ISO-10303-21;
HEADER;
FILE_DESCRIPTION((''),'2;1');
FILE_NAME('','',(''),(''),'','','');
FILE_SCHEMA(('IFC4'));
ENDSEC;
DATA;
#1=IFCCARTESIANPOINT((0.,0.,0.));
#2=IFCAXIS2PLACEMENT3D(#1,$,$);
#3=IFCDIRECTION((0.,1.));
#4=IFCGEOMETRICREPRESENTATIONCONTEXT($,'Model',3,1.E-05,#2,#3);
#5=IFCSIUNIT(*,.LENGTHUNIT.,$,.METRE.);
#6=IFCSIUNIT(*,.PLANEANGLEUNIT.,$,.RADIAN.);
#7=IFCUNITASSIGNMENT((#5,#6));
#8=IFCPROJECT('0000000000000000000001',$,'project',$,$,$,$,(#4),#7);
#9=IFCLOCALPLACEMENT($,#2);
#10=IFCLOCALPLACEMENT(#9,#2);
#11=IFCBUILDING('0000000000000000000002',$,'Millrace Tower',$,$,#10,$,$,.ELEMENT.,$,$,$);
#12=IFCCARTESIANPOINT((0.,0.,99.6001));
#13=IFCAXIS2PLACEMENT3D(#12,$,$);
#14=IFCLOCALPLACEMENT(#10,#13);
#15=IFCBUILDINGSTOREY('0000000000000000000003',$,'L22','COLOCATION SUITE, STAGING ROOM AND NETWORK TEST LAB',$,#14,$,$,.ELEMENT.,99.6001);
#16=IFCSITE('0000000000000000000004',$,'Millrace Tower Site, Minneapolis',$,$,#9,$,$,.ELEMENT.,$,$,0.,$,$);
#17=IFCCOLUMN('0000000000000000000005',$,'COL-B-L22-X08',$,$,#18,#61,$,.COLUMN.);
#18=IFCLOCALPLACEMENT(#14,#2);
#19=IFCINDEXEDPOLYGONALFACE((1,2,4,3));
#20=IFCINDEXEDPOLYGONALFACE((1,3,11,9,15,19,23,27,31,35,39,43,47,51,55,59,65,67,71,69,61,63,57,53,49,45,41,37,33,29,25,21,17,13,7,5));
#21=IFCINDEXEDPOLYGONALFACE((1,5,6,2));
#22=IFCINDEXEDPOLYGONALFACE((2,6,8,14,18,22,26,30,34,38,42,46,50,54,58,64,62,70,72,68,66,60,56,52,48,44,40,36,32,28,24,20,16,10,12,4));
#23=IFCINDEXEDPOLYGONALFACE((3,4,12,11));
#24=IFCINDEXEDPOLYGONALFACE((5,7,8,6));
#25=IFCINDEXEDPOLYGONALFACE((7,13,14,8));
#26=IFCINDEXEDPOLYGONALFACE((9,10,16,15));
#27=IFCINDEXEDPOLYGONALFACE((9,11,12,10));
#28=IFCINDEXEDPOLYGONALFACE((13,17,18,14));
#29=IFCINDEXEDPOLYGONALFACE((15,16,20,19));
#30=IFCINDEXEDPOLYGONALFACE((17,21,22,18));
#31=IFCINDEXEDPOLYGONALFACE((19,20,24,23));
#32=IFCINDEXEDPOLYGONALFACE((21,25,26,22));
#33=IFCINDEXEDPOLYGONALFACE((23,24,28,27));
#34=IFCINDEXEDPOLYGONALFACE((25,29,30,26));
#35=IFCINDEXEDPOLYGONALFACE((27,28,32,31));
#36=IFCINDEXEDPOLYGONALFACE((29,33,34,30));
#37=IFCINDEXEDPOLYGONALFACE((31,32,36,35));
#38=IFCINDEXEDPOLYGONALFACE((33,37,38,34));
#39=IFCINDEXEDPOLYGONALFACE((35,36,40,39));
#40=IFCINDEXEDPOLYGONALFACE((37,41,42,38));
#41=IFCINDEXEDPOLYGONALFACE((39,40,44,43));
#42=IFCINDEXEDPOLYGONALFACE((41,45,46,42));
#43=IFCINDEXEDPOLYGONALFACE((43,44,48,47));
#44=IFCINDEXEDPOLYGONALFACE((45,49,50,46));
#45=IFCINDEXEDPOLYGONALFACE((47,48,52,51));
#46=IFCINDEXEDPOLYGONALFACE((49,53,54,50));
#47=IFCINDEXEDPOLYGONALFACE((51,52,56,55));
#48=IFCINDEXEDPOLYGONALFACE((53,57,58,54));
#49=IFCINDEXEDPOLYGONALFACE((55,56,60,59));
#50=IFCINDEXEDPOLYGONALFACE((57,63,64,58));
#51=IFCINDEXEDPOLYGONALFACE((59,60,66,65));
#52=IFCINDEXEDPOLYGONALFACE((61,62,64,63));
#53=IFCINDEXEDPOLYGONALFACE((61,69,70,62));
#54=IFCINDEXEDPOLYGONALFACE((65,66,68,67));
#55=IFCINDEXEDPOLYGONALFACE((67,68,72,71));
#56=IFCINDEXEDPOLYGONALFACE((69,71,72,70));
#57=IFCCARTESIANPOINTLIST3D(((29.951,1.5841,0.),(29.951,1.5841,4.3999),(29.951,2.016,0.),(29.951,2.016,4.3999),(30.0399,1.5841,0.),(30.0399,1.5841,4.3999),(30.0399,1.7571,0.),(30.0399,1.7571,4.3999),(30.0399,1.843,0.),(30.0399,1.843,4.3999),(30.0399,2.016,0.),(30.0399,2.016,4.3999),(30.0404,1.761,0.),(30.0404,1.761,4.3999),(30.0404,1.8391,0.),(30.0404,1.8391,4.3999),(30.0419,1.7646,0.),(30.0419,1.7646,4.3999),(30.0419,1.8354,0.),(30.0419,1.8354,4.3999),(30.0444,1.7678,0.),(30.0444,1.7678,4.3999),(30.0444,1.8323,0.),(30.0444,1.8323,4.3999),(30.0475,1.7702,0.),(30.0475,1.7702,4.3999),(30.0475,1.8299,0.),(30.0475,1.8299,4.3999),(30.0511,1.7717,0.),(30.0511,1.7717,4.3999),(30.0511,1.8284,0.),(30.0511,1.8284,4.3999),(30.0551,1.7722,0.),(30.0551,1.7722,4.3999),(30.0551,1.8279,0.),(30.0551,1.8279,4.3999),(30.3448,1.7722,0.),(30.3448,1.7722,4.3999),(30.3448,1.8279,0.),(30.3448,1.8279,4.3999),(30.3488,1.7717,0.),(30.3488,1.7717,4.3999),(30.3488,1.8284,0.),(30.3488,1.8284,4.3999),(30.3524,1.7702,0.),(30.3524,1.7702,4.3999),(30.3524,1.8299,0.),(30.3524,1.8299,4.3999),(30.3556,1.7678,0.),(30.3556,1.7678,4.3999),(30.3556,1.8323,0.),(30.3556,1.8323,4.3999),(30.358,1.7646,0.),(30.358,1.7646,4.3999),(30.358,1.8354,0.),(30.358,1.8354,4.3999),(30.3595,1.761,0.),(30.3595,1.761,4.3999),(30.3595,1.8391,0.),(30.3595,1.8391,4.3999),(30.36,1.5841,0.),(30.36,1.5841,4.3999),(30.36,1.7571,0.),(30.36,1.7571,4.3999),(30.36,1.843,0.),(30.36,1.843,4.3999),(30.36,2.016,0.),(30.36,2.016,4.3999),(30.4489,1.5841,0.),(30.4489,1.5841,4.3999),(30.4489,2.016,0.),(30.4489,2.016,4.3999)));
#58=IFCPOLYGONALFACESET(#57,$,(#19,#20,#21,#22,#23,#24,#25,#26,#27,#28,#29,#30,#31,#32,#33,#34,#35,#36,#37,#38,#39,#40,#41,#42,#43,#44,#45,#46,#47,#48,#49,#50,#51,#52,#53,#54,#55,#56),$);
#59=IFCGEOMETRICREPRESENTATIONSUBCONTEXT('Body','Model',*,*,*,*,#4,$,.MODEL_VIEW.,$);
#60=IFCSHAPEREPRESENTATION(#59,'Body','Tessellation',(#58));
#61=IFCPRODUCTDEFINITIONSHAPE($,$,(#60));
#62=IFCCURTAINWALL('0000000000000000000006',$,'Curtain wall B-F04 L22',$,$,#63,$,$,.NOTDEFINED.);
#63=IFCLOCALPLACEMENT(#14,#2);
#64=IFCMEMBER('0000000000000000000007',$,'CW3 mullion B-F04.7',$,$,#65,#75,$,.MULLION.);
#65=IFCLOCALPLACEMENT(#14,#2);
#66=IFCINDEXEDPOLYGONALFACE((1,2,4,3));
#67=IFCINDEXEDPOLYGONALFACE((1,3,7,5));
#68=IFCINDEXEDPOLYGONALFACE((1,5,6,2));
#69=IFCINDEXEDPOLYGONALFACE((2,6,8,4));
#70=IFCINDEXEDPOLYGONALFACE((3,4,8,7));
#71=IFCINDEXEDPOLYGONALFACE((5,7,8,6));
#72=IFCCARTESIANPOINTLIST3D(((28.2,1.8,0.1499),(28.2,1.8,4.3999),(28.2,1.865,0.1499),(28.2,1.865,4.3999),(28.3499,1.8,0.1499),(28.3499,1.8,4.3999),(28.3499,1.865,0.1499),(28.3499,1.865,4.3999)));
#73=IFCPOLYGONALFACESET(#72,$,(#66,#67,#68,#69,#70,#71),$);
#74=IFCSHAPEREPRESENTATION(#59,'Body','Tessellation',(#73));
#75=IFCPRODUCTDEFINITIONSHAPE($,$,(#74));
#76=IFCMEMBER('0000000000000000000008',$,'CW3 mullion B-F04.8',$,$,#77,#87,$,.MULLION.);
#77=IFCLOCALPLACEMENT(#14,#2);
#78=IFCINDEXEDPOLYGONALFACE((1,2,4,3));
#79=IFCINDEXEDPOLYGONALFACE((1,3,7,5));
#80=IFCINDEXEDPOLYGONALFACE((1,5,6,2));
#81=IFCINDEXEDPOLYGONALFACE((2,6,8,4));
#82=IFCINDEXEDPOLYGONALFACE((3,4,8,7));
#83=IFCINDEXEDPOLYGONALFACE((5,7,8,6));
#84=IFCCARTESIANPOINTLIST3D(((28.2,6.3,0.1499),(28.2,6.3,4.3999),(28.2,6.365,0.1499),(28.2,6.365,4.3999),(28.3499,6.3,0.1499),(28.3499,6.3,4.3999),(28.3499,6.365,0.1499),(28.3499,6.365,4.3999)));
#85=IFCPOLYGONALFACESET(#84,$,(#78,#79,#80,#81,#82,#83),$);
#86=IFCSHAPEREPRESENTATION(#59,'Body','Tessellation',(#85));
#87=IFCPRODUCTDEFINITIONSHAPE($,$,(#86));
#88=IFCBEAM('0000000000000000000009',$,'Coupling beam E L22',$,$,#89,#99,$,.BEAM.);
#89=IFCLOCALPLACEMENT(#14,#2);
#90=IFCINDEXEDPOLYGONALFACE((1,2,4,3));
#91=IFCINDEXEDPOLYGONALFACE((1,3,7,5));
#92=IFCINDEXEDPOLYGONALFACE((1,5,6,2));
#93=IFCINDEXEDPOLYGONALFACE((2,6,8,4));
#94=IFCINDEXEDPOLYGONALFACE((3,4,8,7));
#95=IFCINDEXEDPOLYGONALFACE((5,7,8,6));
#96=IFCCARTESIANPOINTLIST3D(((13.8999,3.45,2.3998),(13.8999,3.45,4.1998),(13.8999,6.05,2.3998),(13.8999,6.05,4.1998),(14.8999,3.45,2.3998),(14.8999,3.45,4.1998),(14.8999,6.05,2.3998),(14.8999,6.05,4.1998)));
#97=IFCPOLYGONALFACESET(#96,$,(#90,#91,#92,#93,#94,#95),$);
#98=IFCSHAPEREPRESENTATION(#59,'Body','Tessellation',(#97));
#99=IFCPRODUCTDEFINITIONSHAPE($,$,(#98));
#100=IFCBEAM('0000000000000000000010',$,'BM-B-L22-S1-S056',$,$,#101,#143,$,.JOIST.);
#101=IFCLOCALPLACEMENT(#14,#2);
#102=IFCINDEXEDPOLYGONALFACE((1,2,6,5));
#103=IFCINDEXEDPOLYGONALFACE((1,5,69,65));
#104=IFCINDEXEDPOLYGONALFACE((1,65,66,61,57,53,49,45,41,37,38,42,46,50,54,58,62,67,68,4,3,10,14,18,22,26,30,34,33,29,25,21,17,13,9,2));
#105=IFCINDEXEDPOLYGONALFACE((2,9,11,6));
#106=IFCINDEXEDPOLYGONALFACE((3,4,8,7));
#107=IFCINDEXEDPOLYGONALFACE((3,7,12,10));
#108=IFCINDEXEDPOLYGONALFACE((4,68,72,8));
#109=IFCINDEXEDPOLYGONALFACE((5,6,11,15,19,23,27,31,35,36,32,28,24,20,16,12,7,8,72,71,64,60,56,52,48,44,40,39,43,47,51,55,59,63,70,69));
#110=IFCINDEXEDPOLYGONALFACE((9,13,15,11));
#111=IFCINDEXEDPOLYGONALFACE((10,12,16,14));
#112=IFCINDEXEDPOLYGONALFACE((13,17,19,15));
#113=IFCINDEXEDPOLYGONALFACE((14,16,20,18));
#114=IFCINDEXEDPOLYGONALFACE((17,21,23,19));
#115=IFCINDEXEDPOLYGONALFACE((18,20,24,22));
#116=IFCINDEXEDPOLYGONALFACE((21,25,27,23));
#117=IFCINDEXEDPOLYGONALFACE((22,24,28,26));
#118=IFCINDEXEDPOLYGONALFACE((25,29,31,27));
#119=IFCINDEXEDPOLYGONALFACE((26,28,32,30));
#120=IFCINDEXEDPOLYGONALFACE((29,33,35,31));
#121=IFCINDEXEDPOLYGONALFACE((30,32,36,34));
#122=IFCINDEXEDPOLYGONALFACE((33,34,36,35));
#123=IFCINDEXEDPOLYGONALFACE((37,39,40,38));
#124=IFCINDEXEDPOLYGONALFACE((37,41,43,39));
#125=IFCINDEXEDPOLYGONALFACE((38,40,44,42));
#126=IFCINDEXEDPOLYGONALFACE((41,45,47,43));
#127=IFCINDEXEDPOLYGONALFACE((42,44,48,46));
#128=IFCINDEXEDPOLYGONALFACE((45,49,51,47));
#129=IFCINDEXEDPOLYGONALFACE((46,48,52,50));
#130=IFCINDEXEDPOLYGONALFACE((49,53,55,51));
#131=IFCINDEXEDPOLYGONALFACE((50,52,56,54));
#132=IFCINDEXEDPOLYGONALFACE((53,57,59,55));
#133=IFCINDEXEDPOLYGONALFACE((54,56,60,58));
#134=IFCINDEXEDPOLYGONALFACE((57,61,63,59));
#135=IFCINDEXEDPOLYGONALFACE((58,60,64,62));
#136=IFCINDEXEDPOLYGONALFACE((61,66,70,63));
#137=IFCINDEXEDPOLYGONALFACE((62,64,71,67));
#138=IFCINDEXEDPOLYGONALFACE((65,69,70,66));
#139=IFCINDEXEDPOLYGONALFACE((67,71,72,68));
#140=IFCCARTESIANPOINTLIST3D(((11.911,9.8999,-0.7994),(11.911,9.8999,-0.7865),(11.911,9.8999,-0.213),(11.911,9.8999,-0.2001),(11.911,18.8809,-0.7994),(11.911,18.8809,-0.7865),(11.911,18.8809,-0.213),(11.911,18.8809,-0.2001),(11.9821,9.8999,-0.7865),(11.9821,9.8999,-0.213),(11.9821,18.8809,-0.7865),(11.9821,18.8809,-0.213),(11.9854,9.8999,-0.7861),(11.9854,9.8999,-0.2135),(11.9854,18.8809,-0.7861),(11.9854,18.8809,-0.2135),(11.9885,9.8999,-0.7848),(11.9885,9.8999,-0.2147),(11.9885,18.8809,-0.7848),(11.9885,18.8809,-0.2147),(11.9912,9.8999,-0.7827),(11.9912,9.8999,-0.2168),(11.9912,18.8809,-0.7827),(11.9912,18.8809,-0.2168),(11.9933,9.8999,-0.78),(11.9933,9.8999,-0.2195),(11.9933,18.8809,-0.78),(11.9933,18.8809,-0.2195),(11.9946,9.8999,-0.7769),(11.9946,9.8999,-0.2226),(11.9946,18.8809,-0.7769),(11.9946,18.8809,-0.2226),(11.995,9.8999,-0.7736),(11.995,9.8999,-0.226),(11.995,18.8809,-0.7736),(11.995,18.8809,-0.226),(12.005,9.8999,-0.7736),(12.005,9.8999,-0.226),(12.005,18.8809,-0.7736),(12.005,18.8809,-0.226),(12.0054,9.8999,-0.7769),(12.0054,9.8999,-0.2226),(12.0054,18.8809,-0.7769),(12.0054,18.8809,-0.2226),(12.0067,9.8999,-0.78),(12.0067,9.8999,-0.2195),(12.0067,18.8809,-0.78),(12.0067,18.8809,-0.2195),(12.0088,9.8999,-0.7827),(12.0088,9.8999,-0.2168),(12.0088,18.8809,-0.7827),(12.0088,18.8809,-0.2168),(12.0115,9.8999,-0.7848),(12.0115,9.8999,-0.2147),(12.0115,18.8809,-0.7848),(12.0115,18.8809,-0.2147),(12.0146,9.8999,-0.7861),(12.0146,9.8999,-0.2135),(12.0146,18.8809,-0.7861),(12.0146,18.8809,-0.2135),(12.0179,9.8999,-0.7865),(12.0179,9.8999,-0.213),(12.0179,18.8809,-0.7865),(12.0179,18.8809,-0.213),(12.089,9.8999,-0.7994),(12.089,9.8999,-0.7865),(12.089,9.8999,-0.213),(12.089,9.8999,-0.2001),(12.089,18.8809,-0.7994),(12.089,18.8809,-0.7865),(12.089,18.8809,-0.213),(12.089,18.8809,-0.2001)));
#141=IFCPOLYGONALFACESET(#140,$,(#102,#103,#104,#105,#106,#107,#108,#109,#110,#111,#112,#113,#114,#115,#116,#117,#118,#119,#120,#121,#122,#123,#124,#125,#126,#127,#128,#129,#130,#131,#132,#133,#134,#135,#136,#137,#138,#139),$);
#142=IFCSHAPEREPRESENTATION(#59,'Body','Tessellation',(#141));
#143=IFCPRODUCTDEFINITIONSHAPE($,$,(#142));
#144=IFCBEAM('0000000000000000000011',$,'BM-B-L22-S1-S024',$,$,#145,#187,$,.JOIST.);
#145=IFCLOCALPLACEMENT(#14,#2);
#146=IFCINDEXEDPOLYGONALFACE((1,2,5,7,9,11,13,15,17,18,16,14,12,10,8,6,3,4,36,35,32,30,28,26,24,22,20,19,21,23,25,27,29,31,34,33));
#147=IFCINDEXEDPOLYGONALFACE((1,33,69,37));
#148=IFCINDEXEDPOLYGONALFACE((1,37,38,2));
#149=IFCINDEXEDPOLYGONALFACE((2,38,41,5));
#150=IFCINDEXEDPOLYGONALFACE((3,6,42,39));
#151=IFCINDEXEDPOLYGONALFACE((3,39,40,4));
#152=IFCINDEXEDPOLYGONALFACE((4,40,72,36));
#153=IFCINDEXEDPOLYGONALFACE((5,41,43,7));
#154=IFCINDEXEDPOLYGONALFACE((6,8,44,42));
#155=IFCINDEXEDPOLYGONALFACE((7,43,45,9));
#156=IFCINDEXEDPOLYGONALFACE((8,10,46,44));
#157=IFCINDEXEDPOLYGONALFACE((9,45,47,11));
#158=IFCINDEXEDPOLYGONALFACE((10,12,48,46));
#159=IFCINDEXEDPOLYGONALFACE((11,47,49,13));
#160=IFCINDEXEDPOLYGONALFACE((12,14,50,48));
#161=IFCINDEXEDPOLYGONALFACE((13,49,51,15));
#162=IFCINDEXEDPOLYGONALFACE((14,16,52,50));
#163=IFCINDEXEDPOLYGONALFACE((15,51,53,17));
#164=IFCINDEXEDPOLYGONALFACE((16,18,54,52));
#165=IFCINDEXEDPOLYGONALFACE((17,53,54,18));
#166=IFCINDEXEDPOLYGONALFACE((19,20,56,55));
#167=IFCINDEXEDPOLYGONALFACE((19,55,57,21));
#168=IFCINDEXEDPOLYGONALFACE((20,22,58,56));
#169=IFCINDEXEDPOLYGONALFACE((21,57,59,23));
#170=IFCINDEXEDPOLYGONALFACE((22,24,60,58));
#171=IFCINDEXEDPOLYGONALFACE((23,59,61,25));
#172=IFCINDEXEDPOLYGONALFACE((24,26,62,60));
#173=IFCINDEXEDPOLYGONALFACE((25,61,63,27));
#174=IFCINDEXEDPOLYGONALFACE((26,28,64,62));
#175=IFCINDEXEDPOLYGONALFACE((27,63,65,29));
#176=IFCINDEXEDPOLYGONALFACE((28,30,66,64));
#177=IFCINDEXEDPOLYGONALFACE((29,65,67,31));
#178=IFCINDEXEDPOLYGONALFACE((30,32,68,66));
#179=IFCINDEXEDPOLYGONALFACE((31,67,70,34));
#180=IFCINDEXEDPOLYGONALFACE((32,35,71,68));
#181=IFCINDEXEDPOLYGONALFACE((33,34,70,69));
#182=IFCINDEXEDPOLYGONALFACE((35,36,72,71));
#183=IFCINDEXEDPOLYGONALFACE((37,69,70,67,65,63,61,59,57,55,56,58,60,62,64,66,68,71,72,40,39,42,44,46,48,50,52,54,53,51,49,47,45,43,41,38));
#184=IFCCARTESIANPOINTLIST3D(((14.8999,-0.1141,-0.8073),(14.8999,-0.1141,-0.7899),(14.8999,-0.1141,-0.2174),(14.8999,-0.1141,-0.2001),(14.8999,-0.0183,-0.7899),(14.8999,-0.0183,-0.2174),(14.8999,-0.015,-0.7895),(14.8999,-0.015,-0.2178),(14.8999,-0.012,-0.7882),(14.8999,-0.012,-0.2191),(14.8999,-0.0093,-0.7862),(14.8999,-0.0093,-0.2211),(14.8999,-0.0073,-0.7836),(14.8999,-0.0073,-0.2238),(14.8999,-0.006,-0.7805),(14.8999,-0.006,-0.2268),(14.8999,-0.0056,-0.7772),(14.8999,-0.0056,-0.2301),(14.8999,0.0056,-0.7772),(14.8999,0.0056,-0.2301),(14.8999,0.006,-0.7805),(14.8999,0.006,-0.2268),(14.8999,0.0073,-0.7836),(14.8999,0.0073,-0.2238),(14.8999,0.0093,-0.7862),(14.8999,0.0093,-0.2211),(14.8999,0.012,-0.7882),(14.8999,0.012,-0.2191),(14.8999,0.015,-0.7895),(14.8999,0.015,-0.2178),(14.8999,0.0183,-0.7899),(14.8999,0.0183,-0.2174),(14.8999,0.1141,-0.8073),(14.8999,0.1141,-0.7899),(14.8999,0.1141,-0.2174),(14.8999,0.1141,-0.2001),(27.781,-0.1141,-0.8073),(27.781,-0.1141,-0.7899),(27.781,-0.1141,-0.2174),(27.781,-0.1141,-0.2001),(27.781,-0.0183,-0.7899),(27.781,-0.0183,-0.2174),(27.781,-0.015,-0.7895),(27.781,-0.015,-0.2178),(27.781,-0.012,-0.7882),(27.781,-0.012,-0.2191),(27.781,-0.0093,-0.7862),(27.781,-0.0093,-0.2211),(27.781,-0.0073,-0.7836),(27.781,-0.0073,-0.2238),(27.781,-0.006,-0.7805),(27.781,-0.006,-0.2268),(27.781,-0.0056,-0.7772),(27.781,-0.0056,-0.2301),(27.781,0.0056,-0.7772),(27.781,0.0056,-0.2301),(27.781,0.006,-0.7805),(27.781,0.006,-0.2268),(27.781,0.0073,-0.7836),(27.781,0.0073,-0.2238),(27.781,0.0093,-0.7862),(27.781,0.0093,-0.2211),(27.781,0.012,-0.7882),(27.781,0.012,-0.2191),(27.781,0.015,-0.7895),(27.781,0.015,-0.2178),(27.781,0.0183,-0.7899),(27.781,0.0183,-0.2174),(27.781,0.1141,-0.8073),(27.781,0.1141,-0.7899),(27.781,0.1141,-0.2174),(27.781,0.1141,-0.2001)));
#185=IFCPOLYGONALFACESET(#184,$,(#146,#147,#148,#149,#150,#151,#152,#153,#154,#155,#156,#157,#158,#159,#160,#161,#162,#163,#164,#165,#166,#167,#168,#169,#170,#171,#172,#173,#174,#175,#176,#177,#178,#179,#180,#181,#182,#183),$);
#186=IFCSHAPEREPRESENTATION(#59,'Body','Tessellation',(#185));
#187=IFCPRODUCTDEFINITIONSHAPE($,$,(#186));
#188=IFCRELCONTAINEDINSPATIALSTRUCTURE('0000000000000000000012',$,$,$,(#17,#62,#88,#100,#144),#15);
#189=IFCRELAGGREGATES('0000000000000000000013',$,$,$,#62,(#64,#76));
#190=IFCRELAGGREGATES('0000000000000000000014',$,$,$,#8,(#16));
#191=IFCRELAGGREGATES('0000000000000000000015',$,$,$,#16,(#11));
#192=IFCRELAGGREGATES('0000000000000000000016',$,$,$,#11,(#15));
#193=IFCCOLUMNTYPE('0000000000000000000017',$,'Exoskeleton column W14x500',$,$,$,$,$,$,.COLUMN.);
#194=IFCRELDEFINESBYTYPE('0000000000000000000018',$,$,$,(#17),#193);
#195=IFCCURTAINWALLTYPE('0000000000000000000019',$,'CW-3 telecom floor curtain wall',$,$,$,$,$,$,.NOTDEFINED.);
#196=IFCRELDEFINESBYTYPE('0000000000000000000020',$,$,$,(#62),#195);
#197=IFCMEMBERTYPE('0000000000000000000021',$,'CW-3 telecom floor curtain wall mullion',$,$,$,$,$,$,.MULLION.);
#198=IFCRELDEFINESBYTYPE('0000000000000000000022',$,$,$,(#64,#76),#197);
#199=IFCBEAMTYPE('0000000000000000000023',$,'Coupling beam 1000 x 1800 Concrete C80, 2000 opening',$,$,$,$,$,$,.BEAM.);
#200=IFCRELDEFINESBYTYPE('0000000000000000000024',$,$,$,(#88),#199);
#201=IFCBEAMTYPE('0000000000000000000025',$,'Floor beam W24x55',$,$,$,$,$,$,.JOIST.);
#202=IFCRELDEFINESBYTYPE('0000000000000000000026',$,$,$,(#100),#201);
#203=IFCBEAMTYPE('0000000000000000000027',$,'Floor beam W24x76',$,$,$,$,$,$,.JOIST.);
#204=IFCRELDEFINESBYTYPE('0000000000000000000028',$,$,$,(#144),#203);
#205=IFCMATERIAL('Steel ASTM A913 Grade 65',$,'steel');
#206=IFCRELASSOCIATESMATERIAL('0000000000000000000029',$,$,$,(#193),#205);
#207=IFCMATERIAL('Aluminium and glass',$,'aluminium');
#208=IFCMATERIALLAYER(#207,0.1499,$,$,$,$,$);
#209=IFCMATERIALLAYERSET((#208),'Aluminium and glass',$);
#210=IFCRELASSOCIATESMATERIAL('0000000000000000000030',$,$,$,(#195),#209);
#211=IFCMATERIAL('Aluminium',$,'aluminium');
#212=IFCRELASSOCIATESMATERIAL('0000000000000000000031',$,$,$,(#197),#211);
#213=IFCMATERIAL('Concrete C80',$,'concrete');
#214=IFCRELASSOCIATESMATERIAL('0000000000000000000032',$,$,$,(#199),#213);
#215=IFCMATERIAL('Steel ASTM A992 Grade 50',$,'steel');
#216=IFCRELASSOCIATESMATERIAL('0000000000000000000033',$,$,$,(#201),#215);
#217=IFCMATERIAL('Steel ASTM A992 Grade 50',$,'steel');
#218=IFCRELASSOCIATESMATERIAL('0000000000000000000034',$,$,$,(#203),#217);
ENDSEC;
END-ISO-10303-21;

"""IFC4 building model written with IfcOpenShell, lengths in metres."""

from ifc_helpers import new_model, si_unit, direction, frame, origin, origin_2d, place, context, subcontext, project, spatial, rectangle, i_section, extrude, material, layer, layer_set, material_profile, profile_set, type_object, element, aggregate, save


model = new_model("IFC4")

# Units and contexts
model_context = context("Model", 3, precision=1e-05, world=origin(), true_north=direction((0.0, 1.0)))
body_context = subcontext(model_context, "Body", "Model", "MODEL_VIEW")
ifc_project = project(units=[si_unit("LENGTHUNIT", "METRE"), si_unit("PLANEANGLEUNIT", "RADIAN")], contexts=[model_context])

# Site, building, storey
site_placement = place(None, origin())
site = spatial("IfcSite", under=ifc_project, at=site_placement, Name="Millrace Tower Site, Minneapolis", CompositionType="ELEMENT", RefElevation=0.0)
building_placement = place(site_placement, origin())
building = spatial("IfcBuilding", under=site, at=building_placement, Name="Millrace Tower", CompositionType="ELEMENT")
storey_placement = place(building_placement, frame((0.0, 0.0, 99.6001)))
storey = spatial("IfcBuildingStorey", under=building, at=storey_placement, Name="L22", Description="COLOCATION SUITE, STAGING ROOM AND NETWORK TEST LAB", CompositionType="ELEMENT", Elevation=99.6001)

# Column
ifc_material_1 = material(Name="Steel ASTM A913 Grade 65", Category="steel")
ifc_material_profile_1 = material_profile(ifc_material_1, i_section(OverallWidth=0.4319, OverallDepth=0.4978, WebThickness=0.0557, FlangeThickness=0.0889, FilletRadius=0.0151, at=origin_2d()))
ifc_profile_set_1 = profile_set([ifc_material_profile_1], Name="Steel ASTM A913 Grade 65")
column_type = type_object("IfcColumnType", Name="Exoskeleton column W14x500", PredefinedType="COLUMN", material=ifc_profile_set_1)
column_placement = place(storey_placement, frame((30.2, 1.8, 0.0), z_axis=(0.0, 0.0, 1.0), x_axis=(0.0, 1.0, 0.0)))
element("IfcColumn", 1, at=column_placement, inside=storey, type_object=column_type, Name="COL-B-L22-X08", PredefinedType="COLUMN", context=body_context, shape_type="SweptSolid", body=[
    extrude(i_section(OverallWidth=0.4319, OverallDepth=0.4978, WebThickness=0.0557, FlangeThickness=0.0889, FilletRadius=0.0151, at=origin_2d()), origin(), (0.0, 0.0, 1.0), 4.3999),
])

# Curtain wall, members
ifc_material_2 = material(Name="Aluminium and glass", Category="aluminium")
ifc_layer_1 = layer(ifc_material_2, 0.1499)
ifc_layer_set_1 = layer_set([ifc_layer_1], Name="Aluminium and glass")
curtain_wall_type = type_object("IfcCurtainWallType", Name="CW-3 telecom floor curtain wall", PredefinedType="NOTDEFINED", material=ifc_layer_set_1)
curtain_wall_placement = place(storey_placement, origin())
curtain_wall = element("IfcCurtainWall", 2, at=curtain_wall_placement, inside=storey, type_object=curtain_wall_type, Name="Curtain wall B-F04 L22", PredefinedType="NOTDEFINED")
ifc_material_3 = material(Name="Aluminium", Category="aluminium")
ifc_material_profile_2 = material_profile(ifc_material_3, rectangle(XDim=0.0649, YDim=0.1499, at=origin_2d()))
ifc_profile_set_2 = profile_set([ifc_material_profile_2], Name="Aluminium")
member_type = type_object("IfcMemberType", Name="CW-3 telecom floor curtain wall mullion", PredefinedType="MULLION", material=ifc_profile_set_2)
member_1_placement = place(storey_placement, frame((28.2749, 1.8325, 0.1499), z_axis=(0.0, 0.0, 1.0), x_axis=(0.0, 1.0, 0.0)))
member_1 = element("IfcMember", 3, at=member_1_placement, type_object=member_type, Name="CW3 mullion B-F04.7", PredefinedType="MULLION", context=body_context, shape_type="SweptSolid", body=[
    extrude(rectangle(XDim=0.0649, YDim=0.1499, at=origin_2d()), origin(), (0.0, 0.0, 1.0), 4.25),
])
member_2_placement = place(storey_placement, frame((28.2749, 6.3325, 0.1499), z_axis=(0.0, 0.0, 1.0), x_axis=(0.0, 1.0, 0.0)))
member_2 = element("IfcMember", 4, at=member_2_placement, type_object=member_type, Name="CW3 mullion B-F04.8", PredefinedType="MULLION", context=body_context, shape_type="SweptSolid", body=[
    extrude(rectangle(XDim=0.0649, YDim=0.1499, at=origin_2d()), origin(), (0.0, 0.0, 1.0), 4.25),
])
aggregate(curtain_wall, [member_1, member_2])

# Beams
ifc_material_4 = material(Name="Concrete C80", Category="concrete")
ifc_material_profile_3 = material_profile(ifc_material_4, rectangle(XDim=1.0, YDim=1.8, at=origin_2d()))
ifc_profile_set_3 = profile_set([ifc_material_profile_3], Name="Concrete C80")
beam_type_1 = type_object("IfcBeamType", Name="Coupling beam 1000 x 1800 Concrete C80, 2000 opening", PredefinedType="BEAM", material=ifc_profile_set_3)
beam_1_placement = place(storey_placement, frame((14.3999, 6.05, 3.2998), z_axis=(0.0, -1.0, 0.0), x_axis=(1.0, 0.0, 0.0)))
element("IfcBeam", 5, at=beam_1_placement, inside=storey, type_object=beam_type_1, Name="Coupling beam E L22", PredefinedType="BEAM", context=body_context, shape_type="SweptSolid", body=[
    extrude(rectangle(XDim=1.0, YDim=1.8, at=origin_2d()), origin(), (0.0, 0.0, 1.0), 2.6001),
])
ifc_material_5 = material(Name="Steel ASTM A992 Grade 50", Category="steel")
ifc_material_profile_4 = material_profile(ifc_material_5, i_section(OverallWidth=0.178, OverallDepth=0.5994, WebThickness=0.01, FlangeThickness=0.0129, FilletRadius=0.0129, at=origin_2d()))
ifc_profile_set_4 = profile_set([ifc_material_profile_4], Name="Steel ASTM A992 Grade 50")
beam_type_2 = type_object("IfcBeamType", Name="Floor beam W24x55", PredefinedType="JOIST", material=ifc_profile_set_4)
beam_2_placement = place(storey_placement, frame((12.0, 9.8999, -0.4998), z_axis=(0.0, 1.0, 0.0), x_axis=(-1.0, 0.0, 0.0)))
element("IfcBeam", 6, at=beam_2_placement, inside=storey, type_object=beam_type_2, Name="BM-B-L22-S1-S056", PredefinedType="JOIST", context=body_context, shape_type="SweptSolid", body=[
    extrude(i_section(OverallWidth=0.178, OverallDepth=0.5994, WebThickness=0.01, FlangeThickness=0.0129, FilletRadius=0.0129, at=origin_2d()), origin(), (0.0, 0.0, 1.0), 8.981),
])
ifc_material_6 = material(Name="Steel ASTM A992 Grade 50", Category="steel")
ifc_material_profile_5 = material_profile(ifc_material_6, i_section(OverallWidth=0.2283, OverallDepth=0.6072, WebThickness=0.0112, FlangeThickness=0.0173, FilletRadius=0.0127, at=origin_2d()))
ifc_profile_set_5 = profile_set([ifc_material_profile_5], Name="Steel ASTM A992 Grade 50")
beam_type_3 = type_object("IfcBeamType", Name="Floor beam W24x76", PredefinedType="JOIST", material=ifc_profile_set_5)
for number, where, z_axis, x_axis, name in (
    (7, (14.8999, 0.0, -0.5037), (1.0, 0.0, 0.0), (0.0, 1.0, 0.0), "BM-B-L22-S1-S024"),
):
    element("IfcBeam", number, at=place(storey_placement, frame(where, z_axis=z_axis, x_axis=x_axis)), inside=storey, type_object=beam_type_3, Name=name, PredefinedType="JOIST", context=body_context, shape_type="SweptSolid", body=[
        extrude(i_section(OverallWidth=0.2283, OverallDepth=0.6072, WebThickness=0.0112, FlangeThickness=0.0173, FilletRadius=0.0127, at=origin_2d()), origin(), (0.0, 0.0, 1.0), 12.8811),
    ])

save(model, "model.ifc")
